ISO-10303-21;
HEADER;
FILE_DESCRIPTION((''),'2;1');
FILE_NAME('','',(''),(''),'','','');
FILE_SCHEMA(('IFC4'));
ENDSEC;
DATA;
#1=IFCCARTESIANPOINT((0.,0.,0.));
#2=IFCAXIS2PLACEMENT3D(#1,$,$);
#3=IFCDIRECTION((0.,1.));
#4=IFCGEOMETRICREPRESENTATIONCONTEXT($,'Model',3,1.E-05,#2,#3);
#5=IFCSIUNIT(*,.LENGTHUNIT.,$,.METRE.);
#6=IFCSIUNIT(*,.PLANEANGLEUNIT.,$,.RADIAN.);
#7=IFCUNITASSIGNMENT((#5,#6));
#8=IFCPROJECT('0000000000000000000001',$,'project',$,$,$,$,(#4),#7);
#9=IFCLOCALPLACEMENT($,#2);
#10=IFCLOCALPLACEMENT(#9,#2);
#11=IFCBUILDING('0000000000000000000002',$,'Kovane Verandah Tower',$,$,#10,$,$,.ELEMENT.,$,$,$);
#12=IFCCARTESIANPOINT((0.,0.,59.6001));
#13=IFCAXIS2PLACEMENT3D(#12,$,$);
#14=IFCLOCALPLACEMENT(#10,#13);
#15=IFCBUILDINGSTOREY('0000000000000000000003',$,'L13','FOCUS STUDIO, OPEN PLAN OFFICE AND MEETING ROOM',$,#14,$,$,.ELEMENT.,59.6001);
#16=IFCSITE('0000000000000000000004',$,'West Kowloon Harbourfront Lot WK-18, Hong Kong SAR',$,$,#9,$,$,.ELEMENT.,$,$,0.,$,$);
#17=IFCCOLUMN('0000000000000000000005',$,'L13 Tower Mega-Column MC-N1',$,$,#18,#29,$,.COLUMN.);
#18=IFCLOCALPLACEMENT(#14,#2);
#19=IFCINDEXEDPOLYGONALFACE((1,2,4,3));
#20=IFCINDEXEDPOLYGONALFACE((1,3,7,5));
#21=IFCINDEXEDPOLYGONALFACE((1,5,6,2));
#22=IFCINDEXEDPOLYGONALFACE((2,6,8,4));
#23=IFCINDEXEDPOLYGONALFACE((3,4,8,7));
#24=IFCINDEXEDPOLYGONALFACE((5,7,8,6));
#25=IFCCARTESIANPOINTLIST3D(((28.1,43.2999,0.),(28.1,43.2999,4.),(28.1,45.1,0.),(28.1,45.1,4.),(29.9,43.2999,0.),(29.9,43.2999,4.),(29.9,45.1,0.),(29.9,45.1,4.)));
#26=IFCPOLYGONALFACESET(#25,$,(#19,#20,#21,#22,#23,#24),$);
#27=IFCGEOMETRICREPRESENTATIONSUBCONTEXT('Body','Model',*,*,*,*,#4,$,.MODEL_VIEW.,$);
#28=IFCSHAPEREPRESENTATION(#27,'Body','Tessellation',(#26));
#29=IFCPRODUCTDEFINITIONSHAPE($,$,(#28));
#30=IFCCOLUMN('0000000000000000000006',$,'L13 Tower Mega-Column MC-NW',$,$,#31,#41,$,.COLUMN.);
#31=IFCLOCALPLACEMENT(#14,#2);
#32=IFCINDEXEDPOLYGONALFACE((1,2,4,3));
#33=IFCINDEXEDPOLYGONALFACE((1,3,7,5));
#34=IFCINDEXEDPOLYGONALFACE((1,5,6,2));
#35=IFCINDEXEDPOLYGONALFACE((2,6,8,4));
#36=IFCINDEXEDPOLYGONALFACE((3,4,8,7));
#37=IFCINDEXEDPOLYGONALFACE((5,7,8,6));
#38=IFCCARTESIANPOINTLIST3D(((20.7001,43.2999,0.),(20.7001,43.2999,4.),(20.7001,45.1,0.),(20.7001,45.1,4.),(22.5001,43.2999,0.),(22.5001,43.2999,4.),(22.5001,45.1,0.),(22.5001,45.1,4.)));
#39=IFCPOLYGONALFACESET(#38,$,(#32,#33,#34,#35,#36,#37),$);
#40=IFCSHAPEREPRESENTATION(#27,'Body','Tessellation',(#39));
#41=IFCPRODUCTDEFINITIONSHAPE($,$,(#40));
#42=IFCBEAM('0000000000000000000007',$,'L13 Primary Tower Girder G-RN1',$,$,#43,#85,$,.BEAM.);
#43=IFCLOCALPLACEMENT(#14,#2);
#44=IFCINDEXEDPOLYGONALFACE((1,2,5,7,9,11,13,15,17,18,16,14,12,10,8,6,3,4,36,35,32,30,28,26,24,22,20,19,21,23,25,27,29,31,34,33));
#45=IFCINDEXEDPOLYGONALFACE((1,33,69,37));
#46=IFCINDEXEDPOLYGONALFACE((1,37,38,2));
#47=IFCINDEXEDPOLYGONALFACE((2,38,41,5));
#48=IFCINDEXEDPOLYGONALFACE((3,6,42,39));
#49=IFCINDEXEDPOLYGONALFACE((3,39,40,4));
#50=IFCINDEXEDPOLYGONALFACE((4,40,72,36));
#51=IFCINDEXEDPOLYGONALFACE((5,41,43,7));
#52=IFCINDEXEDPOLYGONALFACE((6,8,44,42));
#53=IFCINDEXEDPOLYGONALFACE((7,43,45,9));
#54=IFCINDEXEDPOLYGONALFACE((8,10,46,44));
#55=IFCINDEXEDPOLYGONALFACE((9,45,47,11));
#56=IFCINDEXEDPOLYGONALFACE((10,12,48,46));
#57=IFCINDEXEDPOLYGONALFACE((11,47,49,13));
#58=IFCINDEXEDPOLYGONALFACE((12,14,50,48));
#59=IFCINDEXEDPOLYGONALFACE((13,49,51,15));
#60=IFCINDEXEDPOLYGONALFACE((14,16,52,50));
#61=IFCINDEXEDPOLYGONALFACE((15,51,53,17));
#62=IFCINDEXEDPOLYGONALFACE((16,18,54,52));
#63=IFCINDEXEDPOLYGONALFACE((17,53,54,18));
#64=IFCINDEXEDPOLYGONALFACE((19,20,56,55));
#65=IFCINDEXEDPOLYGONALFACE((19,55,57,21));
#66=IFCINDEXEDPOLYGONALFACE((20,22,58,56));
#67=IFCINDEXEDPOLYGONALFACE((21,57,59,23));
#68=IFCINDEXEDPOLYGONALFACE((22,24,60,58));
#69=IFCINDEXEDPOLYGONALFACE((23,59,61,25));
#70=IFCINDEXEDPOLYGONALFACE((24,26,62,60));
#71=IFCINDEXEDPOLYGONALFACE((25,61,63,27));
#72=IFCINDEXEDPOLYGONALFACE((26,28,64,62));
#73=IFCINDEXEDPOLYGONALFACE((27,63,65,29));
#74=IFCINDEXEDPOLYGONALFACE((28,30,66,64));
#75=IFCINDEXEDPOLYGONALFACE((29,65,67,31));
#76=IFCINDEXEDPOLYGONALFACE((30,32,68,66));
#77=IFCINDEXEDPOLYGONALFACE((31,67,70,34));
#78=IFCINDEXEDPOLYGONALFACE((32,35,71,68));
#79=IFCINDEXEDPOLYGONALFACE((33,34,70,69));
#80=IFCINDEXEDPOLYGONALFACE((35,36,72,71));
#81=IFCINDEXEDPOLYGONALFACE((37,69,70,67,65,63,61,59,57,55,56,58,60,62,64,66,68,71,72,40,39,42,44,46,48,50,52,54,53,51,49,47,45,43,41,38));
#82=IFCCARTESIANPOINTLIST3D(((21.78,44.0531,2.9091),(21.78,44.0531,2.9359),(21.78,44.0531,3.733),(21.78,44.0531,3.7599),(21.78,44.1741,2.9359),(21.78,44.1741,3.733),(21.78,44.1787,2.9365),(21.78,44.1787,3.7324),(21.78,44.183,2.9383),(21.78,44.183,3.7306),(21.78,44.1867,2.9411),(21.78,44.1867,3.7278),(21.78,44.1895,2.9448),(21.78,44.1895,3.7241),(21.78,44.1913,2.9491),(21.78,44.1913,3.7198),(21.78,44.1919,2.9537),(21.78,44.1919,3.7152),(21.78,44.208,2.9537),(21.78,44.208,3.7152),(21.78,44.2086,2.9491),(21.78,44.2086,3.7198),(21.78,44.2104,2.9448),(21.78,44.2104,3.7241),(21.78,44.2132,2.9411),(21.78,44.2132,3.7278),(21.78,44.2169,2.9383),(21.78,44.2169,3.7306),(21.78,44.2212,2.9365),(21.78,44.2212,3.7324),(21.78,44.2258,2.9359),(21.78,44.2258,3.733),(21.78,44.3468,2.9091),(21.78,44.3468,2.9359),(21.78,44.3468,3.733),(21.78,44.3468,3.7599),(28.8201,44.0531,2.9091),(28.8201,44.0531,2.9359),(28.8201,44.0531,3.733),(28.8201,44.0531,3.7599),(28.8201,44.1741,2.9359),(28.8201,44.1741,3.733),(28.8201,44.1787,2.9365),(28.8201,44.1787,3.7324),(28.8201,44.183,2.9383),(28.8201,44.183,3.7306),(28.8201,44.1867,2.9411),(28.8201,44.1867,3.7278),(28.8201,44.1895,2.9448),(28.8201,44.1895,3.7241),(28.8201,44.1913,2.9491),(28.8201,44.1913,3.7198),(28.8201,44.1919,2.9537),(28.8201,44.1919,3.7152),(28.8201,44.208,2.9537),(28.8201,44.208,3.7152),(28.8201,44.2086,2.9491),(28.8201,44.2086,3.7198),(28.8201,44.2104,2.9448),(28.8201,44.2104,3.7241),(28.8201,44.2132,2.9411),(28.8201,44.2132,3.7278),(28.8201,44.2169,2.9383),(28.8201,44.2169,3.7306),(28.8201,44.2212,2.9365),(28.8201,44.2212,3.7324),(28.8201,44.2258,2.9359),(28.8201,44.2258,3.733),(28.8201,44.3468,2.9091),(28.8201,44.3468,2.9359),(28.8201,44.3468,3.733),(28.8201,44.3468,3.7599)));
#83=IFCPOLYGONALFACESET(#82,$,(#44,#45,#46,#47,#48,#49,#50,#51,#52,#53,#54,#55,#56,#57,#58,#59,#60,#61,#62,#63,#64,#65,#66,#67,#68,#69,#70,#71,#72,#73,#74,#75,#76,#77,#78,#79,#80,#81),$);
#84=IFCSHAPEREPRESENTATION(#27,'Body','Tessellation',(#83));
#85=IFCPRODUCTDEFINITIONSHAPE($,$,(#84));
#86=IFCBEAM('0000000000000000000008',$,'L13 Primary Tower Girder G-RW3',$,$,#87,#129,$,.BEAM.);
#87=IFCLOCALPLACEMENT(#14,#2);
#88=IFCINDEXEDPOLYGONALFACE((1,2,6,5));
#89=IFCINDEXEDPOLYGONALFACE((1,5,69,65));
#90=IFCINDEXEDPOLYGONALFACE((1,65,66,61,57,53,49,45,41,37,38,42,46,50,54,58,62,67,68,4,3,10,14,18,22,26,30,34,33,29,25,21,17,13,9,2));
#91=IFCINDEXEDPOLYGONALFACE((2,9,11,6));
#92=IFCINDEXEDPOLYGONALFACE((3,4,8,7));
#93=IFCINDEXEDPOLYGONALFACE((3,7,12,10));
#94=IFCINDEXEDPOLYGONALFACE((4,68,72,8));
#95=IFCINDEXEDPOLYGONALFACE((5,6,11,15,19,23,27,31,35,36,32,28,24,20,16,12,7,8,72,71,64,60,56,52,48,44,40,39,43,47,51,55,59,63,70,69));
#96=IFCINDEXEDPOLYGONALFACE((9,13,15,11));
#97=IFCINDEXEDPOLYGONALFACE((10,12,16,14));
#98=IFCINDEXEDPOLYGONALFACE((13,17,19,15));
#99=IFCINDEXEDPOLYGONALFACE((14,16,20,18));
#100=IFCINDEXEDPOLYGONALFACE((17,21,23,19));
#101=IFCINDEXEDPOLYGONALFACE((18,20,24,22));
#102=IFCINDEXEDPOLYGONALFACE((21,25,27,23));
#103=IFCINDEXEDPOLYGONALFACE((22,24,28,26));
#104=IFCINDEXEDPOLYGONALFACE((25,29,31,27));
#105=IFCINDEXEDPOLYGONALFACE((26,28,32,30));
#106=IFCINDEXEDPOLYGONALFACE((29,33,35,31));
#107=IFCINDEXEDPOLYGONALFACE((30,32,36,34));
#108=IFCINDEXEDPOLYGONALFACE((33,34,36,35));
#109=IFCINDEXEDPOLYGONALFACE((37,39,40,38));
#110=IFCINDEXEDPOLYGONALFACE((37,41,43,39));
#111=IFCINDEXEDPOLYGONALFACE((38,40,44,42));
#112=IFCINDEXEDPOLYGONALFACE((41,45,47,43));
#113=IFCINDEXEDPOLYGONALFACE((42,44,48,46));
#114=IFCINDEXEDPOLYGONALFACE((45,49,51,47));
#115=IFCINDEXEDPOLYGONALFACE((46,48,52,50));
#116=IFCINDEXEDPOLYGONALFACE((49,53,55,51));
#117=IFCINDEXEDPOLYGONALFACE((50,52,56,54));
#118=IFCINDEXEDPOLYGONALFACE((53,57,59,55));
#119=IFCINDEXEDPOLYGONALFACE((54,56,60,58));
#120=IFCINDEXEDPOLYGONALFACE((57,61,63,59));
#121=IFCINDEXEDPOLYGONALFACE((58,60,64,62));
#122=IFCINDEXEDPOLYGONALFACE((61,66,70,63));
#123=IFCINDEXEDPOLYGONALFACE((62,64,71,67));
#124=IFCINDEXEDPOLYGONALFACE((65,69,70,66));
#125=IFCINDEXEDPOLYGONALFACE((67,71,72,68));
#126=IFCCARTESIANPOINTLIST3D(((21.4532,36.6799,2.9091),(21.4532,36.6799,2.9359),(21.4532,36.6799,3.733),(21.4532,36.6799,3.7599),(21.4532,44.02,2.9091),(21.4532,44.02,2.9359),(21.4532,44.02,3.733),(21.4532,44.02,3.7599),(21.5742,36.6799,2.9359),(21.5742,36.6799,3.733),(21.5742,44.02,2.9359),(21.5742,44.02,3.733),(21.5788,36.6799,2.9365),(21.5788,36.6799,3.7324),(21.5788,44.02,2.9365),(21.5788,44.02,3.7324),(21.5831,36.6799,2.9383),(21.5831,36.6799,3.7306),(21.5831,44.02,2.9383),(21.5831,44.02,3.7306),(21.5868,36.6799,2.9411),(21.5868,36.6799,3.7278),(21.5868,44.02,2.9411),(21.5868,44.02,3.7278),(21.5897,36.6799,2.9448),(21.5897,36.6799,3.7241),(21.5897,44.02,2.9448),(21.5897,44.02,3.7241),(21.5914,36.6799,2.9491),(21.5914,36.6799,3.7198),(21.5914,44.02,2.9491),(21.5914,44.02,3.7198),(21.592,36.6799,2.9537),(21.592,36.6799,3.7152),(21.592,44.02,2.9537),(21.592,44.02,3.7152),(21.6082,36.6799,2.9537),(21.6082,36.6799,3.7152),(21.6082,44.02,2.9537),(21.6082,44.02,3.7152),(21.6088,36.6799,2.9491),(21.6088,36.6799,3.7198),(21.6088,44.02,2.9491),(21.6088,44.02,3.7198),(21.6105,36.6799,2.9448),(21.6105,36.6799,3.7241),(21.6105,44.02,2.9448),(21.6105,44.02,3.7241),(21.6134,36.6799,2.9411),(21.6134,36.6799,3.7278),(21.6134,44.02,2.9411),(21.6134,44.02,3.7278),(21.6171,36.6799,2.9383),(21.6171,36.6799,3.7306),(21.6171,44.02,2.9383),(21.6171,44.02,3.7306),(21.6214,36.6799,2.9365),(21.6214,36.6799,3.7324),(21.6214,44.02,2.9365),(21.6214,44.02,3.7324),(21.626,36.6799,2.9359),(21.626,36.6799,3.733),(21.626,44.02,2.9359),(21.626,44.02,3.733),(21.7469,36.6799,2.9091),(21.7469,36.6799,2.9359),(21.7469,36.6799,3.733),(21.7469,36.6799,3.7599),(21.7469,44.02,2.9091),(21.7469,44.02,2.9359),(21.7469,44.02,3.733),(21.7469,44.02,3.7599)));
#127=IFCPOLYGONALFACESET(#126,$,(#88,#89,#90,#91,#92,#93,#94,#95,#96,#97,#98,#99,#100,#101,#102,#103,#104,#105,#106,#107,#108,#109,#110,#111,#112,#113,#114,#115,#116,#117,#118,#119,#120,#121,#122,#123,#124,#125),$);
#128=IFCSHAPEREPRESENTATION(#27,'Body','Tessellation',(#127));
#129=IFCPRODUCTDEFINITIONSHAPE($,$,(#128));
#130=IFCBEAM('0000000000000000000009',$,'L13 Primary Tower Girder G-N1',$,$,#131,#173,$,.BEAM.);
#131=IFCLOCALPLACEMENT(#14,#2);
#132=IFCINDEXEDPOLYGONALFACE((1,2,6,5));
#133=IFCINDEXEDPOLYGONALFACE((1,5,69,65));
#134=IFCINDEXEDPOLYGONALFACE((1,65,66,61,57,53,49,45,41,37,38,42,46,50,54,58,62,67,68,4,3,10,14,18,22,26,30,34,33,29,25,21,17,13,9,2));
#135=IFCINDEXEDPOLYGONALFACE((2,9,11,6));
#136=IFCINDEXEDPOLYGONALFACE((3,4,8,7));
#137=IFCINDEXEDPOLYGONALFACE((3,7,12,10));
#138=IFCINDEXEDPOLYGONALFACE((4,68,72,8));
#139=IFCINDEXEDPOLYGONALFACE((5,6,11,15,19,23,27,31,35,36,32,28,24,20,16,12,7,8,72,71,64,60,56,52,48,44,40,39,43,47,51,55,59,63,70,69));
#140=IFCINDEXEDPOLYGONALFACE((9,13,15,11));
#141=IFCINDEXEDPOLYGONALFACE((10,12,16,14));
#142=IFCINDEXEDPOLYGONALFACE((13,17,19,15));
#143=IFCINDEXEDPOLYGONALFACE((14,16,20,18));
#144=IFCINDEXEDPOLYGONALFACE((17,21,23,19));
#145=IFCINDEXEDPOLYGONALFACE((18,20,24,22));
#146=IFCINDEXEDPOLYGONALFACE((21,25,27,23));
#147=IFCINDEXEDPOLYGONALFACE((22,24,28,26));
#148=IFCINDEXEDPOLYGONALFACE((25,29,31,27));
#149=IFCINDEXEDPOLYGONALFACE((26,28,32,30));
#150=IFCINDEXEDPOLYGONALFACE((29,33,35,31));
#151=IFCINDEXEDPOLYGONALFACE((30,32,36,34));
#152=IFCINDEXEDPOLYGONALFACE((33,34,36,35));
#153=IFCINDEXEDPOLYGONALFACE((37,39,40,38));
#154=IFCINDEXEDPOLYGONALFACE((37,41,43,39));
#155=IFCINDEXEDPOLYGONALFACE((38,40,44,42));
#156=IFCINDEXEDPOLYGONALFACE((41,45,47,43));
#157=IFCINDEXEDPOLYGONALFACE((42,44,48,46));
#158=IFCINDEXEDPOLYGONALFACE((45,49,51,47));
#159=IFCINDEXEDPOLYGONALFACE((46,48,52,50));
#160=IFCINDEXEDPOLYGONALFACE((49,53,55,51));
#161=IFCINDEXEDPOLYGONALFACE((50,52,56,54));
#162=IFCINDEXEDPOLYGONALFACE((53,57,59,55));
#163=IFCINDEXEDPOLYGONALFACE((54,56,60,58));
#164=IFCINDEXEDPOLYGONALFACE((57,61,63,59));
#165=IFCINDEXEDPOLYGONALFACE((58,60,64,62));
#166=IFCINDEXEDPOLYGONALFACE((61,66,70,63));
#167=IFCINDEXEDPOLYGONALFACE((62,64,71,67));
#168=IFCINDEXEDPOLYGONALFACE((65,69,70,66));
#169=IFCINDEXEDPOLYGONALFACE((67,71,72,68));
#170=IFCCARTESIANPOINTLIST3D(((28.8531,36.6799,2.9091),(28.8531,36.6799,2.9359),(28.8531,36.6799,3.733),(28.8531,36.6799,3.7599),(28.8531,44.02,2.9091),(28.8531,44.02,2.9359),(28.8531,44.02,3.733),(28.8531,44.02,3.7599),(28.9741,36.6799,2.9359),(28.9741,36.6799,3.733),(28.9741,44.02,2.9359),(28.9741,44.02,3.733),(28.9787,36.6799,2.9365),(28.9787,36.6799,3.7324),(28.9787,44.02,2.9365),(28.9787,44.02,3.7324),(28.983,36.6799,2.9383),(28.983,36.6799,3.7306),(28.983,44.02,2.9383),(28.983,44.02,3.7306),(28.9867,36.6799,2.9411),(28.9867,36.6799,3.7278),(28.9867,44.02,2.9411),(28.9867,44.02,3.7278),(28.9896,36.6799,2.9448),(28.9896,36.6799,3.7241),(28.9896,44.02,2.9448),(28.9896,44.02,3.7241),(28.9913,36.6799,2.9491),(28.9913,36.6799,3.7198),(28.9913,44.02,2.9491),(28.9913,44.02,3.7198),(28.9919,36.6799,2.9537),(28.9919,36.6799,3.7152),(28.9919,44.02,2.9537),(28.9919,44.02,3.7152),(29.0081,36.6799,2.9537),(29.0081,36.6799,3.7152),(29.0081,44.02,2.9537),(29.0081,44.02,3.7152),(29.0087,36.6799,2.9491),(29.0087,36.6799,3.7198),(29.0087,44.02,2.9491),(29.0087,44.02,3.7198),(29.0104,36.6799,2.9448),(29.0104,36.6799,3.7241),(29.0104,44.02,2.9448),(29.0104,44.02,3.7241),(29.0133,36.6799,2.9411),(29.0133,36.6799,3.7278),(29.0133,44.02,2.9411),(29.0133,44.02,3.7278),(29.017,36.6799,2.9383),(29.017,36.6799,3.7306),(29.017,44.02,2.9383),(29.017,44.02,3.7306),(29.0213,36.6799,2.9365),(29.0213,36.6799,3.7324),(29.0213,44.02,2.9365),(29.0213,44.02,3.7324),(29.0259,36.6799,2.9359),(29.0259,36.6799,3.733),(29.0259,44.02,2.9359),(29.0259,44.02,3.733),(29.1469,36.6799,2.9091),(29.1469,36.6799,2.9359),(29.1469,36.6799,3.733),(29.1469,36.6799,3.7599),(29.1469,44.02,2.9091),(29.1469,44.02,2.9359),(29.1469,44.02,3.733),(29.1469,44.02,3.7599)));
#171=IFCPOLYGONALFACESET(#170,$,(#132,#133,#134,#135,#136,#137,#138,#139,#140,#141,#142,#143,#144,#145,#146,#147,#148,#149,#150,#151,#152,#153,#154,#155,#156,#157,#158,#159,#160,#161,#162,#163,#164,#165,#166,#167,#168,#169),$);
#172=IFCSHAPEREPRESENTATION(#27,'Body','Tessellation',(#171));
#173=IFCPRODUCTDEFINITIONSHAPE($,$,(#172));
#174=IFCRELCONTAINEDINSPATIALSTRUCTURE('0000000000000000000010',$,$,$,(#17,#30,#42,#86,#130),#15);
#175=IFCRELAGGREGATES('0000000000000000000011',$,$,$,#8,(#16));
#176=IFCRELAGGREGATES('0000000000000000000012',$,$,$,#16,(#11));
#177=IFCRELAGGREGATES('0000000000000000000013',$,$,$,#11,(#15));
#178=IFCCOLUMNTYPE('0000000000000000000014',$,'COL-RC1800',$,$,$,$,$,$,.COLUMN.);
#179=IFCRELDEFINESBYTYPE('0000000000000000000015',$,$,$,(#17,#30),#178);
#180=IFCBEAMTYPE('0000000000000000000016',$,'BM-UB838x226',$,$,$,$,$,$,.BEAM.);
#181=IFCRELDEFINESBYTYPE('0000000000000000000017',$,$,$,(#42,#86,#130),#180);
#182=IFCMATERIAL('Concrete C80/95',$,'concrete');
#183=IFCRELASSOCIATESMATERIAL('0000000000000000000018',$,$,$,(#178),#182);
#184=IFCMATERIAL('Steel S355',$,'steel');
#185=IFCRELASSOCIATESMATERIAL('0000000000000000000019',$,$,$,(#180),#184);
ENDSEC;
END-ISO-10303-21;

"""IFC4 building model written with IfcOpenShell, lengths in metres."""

from ifc_helpers import new_model, si_unit, direction, frame, origin, origin_2d, place, context, subcontext, project, spatial, rectangle, i_section, extrude, material, material_profile, profile_set, type_object, element, save


model = new_model("IFC4")

# Units and contexts
model_context = context("Model", 3, precision=1e-05, world=origin(), true_north=direction((0.0, 1.0)))
body_context = subcontext(model_context, "Body", "Model", "MODEL_VIEW")
ifc_project = project(units=[si_unit("LENGTHUNIT", "METRE"), si_unit("PLANEANGLEUNIT", "RADIAN")], contexts=[model_context])

# Site, building, storey
site_placement = place(None, origin())
site = spatial("IfcSite", under=ifc_project, at=site_placement, Name="West Kowloon Harbourfront Lot WK-18, Hong Kong SAR", CompositionType="ELEMENT", RefElevation=0.0)
building_placement = place(site_placement, origin())
building = spatial("IfcBuilding", under=site, at=building_placement, Name="Kovane Verandah Tower", CompositionType="ELEMENT")
storey_placement = place(building_placement, frame((0.0, 0.0, 59.6001)))
storey = spatial("IfcBuildingStorey", under=building, at=storey_placement, Name="L13", Description="FOCUS STUDIO, OPEN PLAN OFFICE AND MEETING ROOM", CompositionType="ELEMENT", Elevation=59.6001)

# Columns
ifc_material_1 = material(Name="Concrete C80/95", Category="concrete")
ifc_material_profile_1 = material_profile(ifc_material_1, rectangle(XDim=1.8, YDim=1.8, at=origin_2d()), Name="RC1800x1800")
ifc_profile_set_1 = profile_set([ifc_material_profile_1], Name="Concrete C80/95")
column_type = type_object("IfcColumnType", Name="COL-RC1800", PredefinedType="COLUMN", material=ifc_profile_set_1)
for number, where, z_axis, x_axis, name in (
    (1, (29.0, 44.2, 0.0), (0.0, 0.0, 1.0), (1.0, 0.0, 0.0), "L13 Tower Mega-Column MC-N1"),
    (2, (21.6001, 44.2, 0.0), (0.0, 0.0, 1.0), (1.0, 0.0, 0.0), "L13 Tower Mega-Column MC-NW"),
):
    element("IfcColumn", number, at=place(storey_placement, frame(where, z_axis=z_axis, x_axis=x_axis)), inside=storey, type_object=column_type, Name=name, PredefinedType="COLUMN", context=body_context, shape_type="SweptSolid", body=[
        extrude(rectangle(XDim=1.8, YDim=1.8, at=origin_2d()), origin(), (0.0, 0.0, 1.0), 4.0),
    ])

# Beams
ifc_material_2 = material(Name="Steel S355", Category="steel")
ifc_material_profile_2 = material_profile(ifc_material_2, i_section(OverallWidth=0.2937, OverallDepth=0.8508, WebThickness=0.0161, FlangeThickness=0.0269, FilletRadius=0.0178, at=origin_2d()), Name="UB838x292x226")
ifc_profile_set_2 = profile_set([ifc_material_profile_2], Name="Steel S355")
beam_type_1 = type_object("IfcBeamType", Name="BM-UB838x226", PredefinedType="BEAM", material=ifc_profile_set_2)
beam_1_placement = place(storey_placement, frame((21.78, 44.2, 3.3345), z_axis=(1.0, 0.0, 0.0), x_axis=(0.0, 1.0, 0.0)))
element("IfcBeam", 3, at=beam_1_placement, inside=storey, type_object=beam_type_1, Name="L13 Primary Tower Girder G-RN1", PredefinedType="BEAM", context=body_context, shape_type="SweptSolid", body=[
    extrude(i_section(OverallWidth=0.2937, OverallDepth=0.8508, WebThickness=0.0161, FlangeThickness=0.0269, FilletRadius=0.0178, at=origin_2d()), origin(), (0.0, 0.0, 1.0), 7.04),
])
for number, where, z_axis, x_axis, name in (
    (4, (21.6001, 36.6799, 3.3345), (0.0, 1.0, 0.0), (-1.0, 0.0, 0.0), "L13 Primary Tower Girder G-RW3"),
    (5, (29.0, 36.6799, 3.3345), (0.0, 1.0, 0.0), (-1.0, 0.0, 0.0), "L13 Primary Tower Girder G-N1"),
):
    element("IfcBeam", number, at=place(storey_placement, frame(where, z_axis=z_axis, x_axis=x_axis)), inside=storey, type_object=beam_type_1, Name=name, PredefinedType="BEAM", context=body_context, shape_type="SweptSolid", body=[
        extrude(i_section(OverallWidth=0.2937, OverallDepth=0.8508, WebThickness=0.0161, FlangeThickness=0.0269, FilletRadius=0.0178, at=origin_2d()), origin(), (0.0, 0.0, 1.0), 7.3401),
    ])

save(model, "model.ifc")
